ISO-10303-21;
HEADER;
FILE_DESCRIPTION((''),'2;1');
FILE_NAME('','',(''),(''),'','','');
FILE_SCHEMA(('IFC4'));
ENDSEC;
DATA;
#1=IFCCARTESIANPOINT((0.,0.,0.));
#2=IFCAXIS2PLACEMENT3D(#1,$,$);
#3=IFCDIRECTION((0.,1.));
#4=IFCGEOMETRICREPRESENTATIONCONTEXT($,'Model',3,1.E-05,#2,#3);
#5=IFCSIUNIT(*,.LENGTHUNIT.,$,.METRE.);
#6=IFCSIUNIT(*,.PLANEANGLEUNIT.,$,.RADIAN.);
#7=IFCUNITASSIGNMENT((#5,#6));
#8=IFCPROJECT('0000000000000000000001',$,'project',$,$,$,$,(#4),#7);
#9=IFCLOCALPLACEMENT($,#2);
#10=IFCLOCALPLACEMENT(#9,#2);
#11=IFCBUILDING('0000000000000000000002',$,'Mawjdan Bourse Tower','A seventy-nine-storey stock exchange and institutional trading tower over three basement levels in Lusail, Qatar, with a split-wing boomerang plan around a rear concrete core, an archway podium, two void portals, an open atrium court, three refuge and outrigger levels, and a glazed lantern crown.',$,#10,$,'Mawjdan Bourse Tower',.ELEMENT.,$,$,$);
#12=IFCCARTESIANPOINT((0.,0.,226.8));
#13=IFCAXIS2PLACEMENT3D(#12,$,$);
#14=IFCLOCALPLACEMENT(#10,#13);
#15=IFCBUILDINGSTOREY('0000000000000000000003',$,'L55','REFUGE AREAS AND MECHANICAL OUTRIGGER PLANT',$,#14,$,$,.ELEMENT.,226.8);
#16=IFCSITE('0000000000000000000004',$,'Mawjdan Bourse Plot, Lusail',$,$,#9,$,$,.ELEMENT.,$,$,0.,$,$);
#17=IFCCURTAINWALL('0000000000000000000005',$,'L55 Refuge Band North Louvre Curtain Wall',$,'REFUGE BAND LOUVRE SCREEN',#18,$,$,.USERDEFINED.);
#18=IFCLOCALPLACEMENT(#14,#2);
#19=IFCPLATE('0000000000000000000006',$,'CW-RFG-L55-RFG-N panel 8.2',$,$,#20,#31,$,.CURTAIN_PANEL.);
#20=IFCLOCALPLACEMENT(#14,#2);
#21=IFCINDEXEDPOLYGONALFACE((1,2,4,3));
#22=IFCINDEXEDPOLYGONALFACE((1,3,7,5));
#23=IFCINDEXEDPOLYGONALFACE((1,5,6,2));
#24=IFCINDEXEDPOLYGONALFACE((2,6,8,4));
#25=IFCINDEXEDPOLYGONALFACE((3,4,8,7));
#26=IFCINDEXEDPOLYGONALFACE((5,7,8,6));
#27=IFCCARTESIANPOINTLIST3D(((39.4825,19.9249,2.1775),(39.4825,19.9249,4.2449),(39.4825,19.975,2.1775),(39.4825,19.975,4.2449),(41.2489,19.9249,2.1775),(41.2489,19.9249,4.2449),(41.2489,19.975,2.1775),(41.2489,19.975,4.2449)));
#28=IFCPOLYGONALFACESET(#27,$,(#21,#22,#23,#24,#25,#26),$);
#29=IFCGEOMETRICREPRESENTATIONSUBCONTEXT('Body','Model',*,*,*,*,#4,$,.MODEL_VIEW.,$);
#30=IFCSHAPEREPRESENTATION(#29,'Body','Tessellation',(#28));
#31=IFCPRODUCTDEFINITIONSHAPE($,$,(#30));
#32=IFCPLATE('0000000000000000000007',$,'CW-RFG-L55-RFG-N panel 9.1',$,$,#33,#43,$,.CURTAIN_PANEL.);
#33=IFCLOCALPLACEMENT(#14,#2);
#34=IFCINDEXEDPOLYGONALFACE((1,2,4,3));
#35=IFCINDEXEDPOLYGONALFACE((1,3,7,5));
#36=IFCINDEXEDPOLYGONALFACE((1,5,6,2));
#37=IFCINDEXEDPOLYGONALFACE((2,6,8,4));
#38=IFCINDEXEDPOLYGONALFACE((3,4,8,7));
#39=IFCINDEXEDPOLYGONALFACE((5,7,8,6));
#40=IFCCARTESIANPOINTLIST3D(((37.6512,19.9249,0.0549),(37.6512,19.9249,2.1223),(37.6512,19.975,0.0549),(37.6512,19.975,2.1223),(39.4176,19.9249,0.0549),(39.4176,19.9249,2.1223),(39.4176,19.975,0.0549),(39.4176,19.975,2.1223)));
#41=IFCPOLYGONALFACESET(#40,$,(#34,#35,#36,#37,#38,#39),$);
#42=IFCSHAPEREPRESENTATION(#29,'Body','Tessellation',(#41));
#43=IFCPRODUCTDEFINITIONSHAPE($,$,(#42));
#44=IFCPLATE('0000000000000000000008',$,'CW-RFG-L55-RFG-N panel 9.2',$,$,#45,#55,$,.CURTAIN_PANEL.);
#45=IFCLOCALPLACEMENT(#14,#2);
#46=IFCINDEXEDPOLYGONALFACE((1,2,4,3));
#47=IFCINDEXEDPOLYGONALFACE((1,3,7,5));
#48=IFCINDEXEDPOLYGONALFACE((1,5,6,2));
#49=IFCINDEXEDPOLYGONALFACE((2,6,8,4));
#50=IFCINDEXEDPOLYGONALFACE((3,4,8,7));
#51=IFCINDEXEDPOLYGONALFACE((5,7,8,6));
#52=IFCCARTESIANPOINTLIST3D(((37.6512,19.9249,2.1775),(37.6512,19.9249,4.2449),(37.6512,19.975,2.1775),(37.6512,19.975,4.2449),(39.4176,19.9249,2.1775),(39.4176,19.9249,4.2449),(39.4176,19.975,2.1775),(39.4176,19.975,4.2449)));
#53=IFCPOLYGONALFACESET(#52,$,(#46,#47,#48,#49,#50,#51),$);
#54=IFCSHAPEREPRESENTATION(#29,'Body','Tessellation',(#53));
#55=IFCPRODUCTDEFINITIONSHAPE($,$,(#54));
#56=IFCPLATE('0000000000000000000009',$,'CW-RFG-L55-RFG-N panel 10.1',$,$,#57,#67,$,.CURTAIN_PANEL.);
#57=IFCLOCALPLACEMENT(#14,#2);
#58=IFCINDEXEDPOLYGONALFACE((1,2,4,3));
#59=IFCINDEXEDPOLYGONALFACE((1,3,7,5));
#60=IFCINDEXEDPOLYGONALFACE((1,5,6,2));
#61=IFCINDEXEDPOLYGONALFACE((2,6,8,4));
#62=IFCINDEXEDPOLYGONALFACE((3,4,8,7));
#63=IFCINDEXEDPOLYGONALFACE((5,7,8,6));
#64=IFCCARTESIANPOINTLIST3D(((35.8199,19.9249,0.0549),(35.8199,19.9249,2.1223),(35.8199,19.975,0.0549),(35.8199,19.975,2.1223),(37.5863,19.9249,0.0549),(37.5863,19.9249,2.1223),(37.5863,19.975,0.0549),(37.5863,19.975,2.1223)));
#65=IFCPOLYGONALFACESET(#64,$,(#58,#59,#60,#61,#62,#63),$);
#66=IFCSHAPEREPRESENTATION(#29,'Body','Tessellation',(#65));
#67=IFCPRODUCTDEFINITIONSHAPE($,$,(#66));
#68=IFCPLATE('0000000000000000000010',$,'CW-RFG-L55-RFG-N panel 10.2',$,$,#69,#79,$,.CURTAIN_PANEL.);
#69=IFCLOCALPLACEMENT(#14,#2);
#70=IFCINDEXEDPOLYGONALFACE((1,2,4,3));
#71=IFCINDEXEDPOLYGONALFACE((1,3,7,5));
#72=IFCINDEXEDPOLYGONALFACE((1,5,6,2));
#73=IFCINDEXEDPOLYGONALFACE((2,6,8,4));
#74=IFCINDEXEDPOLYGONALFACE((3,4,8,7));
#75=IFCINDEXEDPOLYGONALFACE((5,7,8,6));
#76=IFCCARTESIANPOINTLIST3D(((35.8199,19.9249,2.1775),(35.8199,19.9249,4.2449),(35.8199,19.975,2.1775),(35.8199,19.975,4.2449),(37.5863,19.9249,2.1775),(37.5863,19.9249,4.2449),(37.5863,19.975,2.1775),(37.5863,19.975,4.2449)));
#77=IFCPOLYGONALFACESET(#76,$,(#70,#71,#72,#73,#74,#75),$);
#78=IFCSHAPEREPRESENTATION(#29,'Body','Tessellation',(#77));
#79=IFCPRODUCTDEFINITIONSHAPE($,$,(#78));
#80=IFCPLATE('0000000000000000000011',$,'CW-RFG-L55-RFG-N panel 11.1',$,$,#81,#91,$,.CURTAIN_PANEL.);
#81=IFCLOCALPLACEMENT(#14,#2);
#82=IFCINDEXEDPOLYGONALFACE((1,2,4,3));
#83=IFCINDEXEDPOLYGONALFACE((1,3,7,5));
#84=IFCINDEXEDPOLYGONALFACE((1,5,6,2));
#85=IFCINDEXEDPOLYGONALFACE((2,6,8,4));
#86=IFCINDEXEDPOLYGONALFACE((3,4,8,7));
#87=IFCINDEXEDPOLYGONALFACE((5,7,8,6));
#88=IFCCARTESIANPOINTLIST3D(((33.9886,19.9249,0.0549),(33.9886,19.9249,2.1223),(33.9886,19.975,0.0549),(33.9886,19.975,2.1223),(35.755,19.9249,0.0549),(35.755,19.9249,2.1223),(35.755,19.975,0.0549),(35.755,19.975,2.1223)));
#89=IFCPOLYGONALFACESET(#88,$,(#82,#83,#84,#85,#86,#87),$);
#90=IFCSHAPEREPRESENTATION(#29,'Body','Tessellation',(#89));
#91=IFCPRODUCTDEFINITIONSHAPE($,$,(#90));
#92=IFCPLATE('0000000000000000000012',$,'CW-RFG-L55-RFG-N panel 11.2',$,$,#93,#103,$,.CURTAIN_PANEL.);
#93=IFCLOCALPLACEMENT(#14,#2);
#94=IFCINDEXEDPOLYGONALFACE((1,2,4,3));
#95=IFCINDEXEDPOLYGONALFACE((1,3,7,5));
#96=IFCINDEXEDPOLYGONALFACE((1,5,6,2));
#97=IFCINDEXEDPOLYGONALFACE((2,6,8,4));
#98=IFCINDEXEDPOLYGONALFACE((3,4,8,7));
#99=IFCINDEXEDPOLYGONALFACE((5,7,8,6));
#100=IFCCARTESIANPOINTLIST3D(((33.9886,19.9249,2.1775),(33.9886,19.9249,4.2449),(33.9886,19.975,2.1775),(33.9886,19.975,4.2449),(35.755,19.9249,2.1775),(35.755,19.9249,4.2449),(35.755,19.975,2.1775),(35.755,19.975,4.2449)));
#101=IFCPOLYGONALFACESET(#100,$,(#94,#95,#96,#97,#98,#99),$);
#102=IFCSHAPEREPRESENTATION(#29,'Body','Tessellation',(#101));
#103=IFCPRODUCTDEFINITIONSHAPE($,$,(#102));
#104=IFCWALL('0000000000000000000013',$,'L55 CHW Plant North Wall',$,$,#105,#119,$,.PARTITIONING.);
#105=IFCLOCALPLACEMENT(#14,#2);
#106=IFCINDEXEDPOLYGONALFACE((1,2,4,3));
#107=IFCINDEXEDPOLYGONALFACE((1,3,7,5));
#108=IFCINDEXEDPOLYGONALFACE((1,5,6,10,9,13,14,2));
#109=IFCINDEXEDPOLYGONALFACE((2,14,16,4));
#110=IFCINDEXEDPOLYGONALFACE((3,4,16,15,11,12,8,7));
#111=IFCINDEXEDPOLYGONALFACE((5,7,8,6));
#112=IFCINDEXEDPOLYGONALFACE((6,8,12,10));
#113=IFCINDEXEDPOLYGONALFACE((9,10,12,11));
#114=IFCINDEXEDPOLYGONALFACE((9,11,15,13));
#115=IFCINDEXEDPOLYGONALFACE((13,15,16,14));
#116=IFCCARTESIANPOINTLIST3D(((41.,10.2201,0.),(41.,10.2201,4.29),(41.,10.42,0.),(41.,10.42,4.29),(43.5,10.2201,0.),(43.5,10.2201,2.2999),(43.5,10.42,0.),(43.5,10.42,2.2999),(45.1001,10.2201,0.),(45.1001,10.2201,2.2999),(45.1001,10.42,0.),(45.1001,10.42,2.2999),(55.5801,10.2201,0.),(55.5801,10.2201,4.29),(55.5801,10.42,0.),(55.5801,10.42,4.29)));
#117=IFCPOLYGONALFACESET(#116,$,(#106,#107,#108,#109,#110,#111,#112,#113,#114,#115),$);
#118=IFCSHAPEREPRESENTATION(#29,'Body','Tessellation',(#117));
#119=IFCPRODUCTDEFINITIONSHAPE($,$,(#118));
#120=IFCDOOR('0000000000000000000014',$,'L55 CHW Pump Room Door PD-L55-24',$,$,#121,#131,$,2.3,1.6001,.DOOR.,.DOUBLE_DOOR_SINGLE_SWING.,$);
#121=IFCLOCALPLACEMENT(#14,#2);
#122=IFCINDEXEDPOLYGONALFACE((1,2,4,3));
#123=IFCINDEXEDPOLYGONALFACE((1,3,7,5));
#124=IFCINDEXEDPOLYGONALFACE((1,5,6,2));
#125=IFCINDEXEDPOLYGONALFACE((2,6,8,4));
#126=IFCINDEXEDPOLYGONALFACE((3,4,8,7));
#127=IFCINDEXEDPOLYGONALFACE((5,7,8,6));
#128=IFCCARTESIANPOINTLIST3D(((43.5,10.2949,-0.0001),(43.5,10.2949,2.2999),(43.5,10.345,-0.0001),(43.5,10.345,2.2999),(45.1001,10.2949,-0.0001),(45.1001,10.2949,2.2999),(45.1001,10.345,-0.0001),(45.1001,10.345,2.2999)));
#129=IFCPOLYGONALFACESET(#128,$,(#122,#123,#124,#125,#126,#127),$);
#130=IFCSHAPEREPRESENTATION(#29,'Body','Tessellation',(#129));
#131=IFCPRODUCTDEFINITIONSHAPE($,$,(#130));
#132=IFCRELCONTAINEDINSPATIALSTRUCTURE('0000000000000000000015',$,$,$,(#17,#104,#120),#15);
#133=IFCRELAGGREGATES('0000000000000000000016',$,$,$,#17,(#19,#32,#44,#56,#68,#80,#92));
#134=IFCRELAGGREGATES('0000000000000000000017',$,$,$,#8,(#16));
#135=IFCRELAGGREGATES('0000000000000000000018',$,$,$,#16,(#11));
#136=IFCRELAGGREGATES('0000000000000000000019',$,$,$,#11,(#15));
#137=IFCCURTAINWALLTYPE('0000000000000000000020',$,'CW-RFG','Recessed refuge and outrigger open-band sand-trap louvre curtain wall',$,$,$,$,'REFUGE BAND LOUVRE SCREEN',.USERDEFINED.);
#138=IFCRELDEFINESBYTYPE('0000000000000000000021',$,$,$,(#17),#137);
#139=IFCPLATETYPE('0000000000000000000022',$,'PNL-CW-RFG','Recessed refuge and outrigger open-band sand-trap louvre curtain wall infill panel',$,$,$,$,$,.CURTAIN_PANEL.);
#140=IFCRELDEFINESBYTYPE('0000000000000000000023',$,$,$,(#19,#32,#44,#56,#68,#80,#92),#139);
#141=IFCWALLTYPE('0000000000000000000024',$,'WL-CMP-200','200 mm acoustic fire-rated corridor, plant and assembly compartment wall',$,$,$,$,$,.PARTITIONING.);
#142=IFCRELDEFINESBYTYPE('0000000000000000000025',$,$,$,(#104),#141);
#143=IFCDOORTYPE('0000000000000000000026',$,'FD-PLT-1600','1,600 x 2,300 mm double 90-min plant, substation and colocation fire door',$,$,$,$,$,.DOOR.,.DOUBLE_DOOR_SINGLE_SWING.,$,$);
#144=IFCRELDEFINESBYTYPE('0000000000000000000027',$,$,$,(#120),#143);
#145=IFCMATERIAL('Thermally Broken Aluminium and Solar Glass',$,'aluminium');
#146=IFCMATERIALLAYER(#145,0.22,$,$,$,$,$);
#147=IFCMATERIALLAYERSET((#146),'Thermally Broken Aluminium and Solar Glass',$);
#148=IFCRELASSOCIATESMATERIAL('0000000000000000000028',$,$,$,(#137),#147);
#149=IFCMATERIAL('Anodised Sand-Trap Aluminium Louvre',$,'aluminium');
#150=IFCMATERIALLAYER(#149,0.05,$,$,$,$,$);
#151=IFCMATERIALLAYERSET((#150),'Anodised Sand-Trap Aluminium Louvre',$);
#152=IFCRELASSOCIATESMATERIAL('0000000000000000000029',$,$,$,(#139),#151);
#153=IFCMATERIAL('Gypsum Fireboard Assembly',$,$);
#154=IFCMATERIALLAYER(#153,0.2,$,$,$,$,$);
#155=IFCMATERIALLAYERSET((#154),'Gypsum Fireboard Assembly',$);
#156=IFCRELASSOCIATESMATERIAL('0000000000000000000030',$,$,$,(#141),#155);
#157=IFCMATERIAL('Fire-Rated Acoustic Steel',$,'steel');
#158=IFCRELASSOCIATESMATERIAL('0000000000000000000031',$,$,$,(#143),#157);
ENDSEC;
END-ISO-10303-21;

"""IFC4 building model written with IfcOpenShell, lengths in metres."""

from ifc_helpers import new_model, si_unit, direction, frame, frame_2d, origin, origin_2d, place, context, subcontext, project, spatial, rectangle, extrude, material, layer, layer_set, type_object, element, fill, aggregate, save


model = new_model("IFC4")

# Units and contexts
model_context = context("Model", 3, precision=1e-05, world=origin(), true_north=direction((0.0, 1.0)))
body_context = subcontext(model_context, "Body", "Model", "MODEL_VIEW")
ifc_project = project(units=[si_unit("LENGTHUNIT", "METRE"), si_unit("PLANEANGLEUNIT", "RADIAN")], contexts=[model_context])

# Site, building, storey
site_placement = place(None, origin())
site = spatial("IfcSite", under=ifc_project, at=site_placement, Name="Mawjdan Bourse Plot, Lusail", CompositionType="ELEMENT", RefElevation=0.0)
building_placement = place(site_placement, origin())
building = spatial("IfcBuilding", under=site, at=building_placement, Name="Mawjdan Bourse Tower", Description="A seventy-nine-storey stock exchange and institutional trading tower over three basement levels in Lusail, Qatar, with a split-wing boomerang plan around a rear concrete core, an archway podium, two void portals, an open atrium court, three refuge and outrigger levels, and a glazed lantern crown.", LongName="Mawjdan Bourse Tower", CompositionType="ELEMENT")
storey_placement = place(building_placement, frame((0.0, 0.0, 226.8)))
storey = spatial("IfcBuildingStorey", under=building, at=storey_placement, Name="L55", Description="REFUGE AREAS AND MECHANICAL OUTRIGGER PLANT", CompositionType="ELEMENT", Elevation=226.8)

# Curtain wall
ifc_material_1 = material(Name="Thermally Broken Aluminium and Solar Glass", Category="aluminium")
ifc_layer_1 = layer(ifc_material_1, 0.22)
ifc_layer_set_1 = layer_set([ifc_layer_1], Name="Thermally Broken Aluminium and Solar Glass")
curtain_wall_type = type_object("IfcCurtainWallType", Name="CW-RFG", Description="Recessed refuge and outrigger open-band sand-trap louvre curtain wall", ElementType="REFUGE BAND LOUVRE SCREEN", PredefinedType="USERDEFINED", material=ifc_layer_set_1)
curtain_wall_placement = place(storey_placement, origin())
curtain_wall = element("IfcCurtainWall", 1, at=curtain_wall_placement, inside=storey, type_object=curtain_wall_type, Name="L55 Refuge Band North Louvre Curtain Wall", ObjectType="REFUGE BAND LOUVRE SCREEN", PredefinedType="USERDEFINED")

# Plates
ifc_material_2 = material(Name="Anodised Sand-Trap Aluminium Louvre", Category="aluminium")
ifc_layer_2 = layer(ifc_material_2, 0.05)
ifc_layer_set_2 = layer_set([ifc_layer_2], Name="Anodised Sand-Trap Aluminium Louvre")
plate_type_1 = type_object("IfcPlateType", Name="PNL-CW-RFG", Description="Recessed refuge and outrigger open-band sand-trap louvre curtain wall infill panel", PredefinedType="CURTAIN_PANEL", material=ifc_layer_set_2)
plate_1_placement = place(storey_placement, frame((40.3657, 19.95, 2.1775), z_axis=(0.0, 0.0, 1.0), x_axis=(-1.0, 0.0, 0.0)))
plate_1 = element("IfcPlate", 2, at=plate_1_placement, type_object=plate_type_1, Name="CW-RFG-L55-RFG-N panel 8.2", PredefinedType="CURTAIN_PANEL", context=body_context, shape_type="SweptSolid", body=[
    extrude(rectangle(XDim=1.7664, YDim=0.05, at=origin_2d()), origin(), (0.0, 0.0, 1.0), 2.0674),
])
plate_2_placement = place(storey_placement, frame((38.5344, 19.95, 0.0549), z_axis=(0.0, 0.0, 1.0), x_axis=(-1.0, 0.0, 0.0)))
plate_2 = element("IfcPlate", 3, at=plate_2_placement, type_object=plate_type_1, Name="CW-RFG-L55-RFG-N panel 9.1", PredefinedType="CURTAIN_PANEL", context=body_context, shape_type="SweptSolid", body=[
    extrude(rectangle(XDim=1.7664, YDim=0.05, at=origin_2d()), origin(), (0.0, 0.0, 1.0), 2.0674),
])
plate_3_placement = place(storey_placement, frame((38.5344, 19.95, 2.1775), z_axis=(0.0, 0.0, 1.0), x_axis=(-1.0, 0.0, 0.0)))
plate_3 = element("IfcPlate", 4, at=plate_3_placement, type_object=plate_type_1, Name="CW-RFG-L55-RFG-N panel 9.2", PredefinedType="CURTAIN_PANEL", context=body_context, shape_type="SweptSolid", body=[
    extrude(rectangle(XDim=1.7664, YDim=0.05, at=origin_2d()), origin(), (0.0, 0.0, 1.0), 2.0674),
])
plate_4_placement = place(storey_placement, frame((36.7031, 19.95, 0.0549), z_axis=(0.0, 0.0, 1.0), x_axis=(-1.0, 0.0, 0.0)))
plate_4 = element("IfcPlate", 5, at=plate_4_placement, type_object=plate_type_1, Name="CW-RFG-L55-RFG-N panel 10.1", PredefinedType="CURTAIN_PANEL", context=body_context, shape_type="SweptSolid", body=[
    extrude(rectangle(XDim=1.7664, YDim=0.05, at=origin_2d()), origin(), (0.0, 0.0, 1.0), 2.0674),
])
plate_5_placement = place(storey_placement, frame((36.7031, 19.95, 2.1775), z_axis=(0.0, 0.0, 1.0), x_axis=(-1.0, 0.0, 0.0)))
plate_5 = element("IfcPlate", 6, at=plate_5_placement, type_object=plate_type_1, Name="CW-RFG-L55-RFG-N panel 10.2", PredefinedType="CURTAIN_PANEL", context=body_context, shape_type="SweptSolid", body=[
    extrude(rectangle(XDim=1.7664, YDim=0.05, at=origin_2d()), origin(), (0.0, 0.0, 1.0), 2.0674),
])
plate_6_placement = place(storey_placement, frame((34.8718, 19.95, 0.0549), z_axis=(0.0, 0.0, 1.0), x_axis=(-1.0, 0.0, 0.0)))
plate_6 = element("IfcPlate", 7, at=plate_6_placement, type_object=plate_type_1, Name="CW-RFG-L55-RFG-N panel 11.1", PredefinedType="CURTAIN_PANEL", context=body_context, shape_type="SweptSolid", body=[
    extrude(rectangle(XDim=1.7664, YDim=0.05, at=origin_2d()), origin(), (0.0, 0.0, 1.0), 2.0674),
])
plate_7_placement = place(storey_placement, frame((34.8718, 19.95, 2.1775), z_axis=(0.0, 0.0, 1.0), x_axis=(-1.0, 0.0, 0.0)))
plate_7 = element("IfcPlate", 8, at=plate_7_placement, type_object=plate_type_1, Name="CW-RFG-L55-RFG-N panel 11.2", PredefinedType="CURTAIN_PANEL", context=body_context, shape_type="SweptSolid", body=[
    extrude(rectangle(XDim=1.7664, YDim=0.05, at=origin_2d()), origin(), (0.0, 0.0, 1.0), 2.0674),
])
aggregate(curtain_wall, [plate_1, plate_2, plate_3, plate_4, plate_5, plate_6, plate_7])

# Wall, opening, door
ifc_material_3 = material(Name="Gypsum Fireboard Assembly")
ifc_layer_3 = layer(ifc_material_3, 0.2)
ifc_layer_set_3 = layer_set([ifc_layer_3], Name="Gypsum Fireboard Assembly")
wall_type = type_object("IfcWallType", Name="WL-CMP-200", Description="200 mm acoustic fire-rated corridor, plant and assembly compartment wall", PredefinedType="PARTITIONING", material=ifc_layer_set_3)
wall_placement = place(storey_placement, frame((41.0, 10.3201, 0.0), z_axis=(0.0, 0.0, 1.0), x_axis=(1.0, 0.0, 0.0)))
wall = element("IfcWall", 9, at=wall_placement, inside=storey, type_object=wall_type, Name="L55 CHW Plant North Wall", PredefinedType="PARTITIONING", context=body_context, shape_type="SweptSolid", body=[
    extrude(rectangle(XDim=14.5801, YDim=0.2, at=frame_2d((7.29, 0.0))), origin(), (0.0, 0.0, 1.0), 4.29),
])
opening_placement = place(wall_placement, frame((2.5, 0.0, 0.0)))
opening = element("IfcOpeningElement", 10, at=opening_placement, cuts=wall, PredefinedType="OPENING", context=body_context, shape_type="SweptSolid", body=[
    extrude(rectangle(XDim=1.6001, YDim=2.3, at=frame_2d((0.8, 1.1499))), frame((0.0, 0.1099, 0.0), z_axis=(0.0, -1.0, 0.0), x_axis=(1.0, 0.0, 0.0)), (0.0, 0.0, 1.0), 0.22),
])
ifc_material_4 = material(Name="Fire-Rated Acoustic Steel", Category="steel")
door_type = type_object("IfcDoorType", Name="FD-PLT-1600", Description="1,600 x 2,300 mm double 90-min plant, substation and colocation fire door", OperationType="DOUBLE_DOOR_SINGLE_SWING", PredefinedType="DOOR", material=ifc_material_4)
door_placement = place(opening_placement, origin())
door = element("IfcDoor", 11, at=door_placement, inside=storey, type_object=door_type, Name="L55 CHW Pump Room Door PD-L55-24", OperationType="DOUBLE_DOOR_SINGLE_SWING", OverallHeight=2.3, OverallWidth=1.6001, PredefinedType="DOOR", context=body_context, shape_type="SweptSolid", body=[
    extrude(rectangle(XDim=1.6001, YDim=2.3, at=frame_2d((0.8, 1.1499))), frame((0.0, 0.0249, 0.0), z_axis=(0.0, -1.0, 0.0), x_axis=(1.0, 0.0, 0.0)), (0.0, 0.0, 1.0), 0.05),
])
fill(opening, door)

save(model, "model.ifc")
